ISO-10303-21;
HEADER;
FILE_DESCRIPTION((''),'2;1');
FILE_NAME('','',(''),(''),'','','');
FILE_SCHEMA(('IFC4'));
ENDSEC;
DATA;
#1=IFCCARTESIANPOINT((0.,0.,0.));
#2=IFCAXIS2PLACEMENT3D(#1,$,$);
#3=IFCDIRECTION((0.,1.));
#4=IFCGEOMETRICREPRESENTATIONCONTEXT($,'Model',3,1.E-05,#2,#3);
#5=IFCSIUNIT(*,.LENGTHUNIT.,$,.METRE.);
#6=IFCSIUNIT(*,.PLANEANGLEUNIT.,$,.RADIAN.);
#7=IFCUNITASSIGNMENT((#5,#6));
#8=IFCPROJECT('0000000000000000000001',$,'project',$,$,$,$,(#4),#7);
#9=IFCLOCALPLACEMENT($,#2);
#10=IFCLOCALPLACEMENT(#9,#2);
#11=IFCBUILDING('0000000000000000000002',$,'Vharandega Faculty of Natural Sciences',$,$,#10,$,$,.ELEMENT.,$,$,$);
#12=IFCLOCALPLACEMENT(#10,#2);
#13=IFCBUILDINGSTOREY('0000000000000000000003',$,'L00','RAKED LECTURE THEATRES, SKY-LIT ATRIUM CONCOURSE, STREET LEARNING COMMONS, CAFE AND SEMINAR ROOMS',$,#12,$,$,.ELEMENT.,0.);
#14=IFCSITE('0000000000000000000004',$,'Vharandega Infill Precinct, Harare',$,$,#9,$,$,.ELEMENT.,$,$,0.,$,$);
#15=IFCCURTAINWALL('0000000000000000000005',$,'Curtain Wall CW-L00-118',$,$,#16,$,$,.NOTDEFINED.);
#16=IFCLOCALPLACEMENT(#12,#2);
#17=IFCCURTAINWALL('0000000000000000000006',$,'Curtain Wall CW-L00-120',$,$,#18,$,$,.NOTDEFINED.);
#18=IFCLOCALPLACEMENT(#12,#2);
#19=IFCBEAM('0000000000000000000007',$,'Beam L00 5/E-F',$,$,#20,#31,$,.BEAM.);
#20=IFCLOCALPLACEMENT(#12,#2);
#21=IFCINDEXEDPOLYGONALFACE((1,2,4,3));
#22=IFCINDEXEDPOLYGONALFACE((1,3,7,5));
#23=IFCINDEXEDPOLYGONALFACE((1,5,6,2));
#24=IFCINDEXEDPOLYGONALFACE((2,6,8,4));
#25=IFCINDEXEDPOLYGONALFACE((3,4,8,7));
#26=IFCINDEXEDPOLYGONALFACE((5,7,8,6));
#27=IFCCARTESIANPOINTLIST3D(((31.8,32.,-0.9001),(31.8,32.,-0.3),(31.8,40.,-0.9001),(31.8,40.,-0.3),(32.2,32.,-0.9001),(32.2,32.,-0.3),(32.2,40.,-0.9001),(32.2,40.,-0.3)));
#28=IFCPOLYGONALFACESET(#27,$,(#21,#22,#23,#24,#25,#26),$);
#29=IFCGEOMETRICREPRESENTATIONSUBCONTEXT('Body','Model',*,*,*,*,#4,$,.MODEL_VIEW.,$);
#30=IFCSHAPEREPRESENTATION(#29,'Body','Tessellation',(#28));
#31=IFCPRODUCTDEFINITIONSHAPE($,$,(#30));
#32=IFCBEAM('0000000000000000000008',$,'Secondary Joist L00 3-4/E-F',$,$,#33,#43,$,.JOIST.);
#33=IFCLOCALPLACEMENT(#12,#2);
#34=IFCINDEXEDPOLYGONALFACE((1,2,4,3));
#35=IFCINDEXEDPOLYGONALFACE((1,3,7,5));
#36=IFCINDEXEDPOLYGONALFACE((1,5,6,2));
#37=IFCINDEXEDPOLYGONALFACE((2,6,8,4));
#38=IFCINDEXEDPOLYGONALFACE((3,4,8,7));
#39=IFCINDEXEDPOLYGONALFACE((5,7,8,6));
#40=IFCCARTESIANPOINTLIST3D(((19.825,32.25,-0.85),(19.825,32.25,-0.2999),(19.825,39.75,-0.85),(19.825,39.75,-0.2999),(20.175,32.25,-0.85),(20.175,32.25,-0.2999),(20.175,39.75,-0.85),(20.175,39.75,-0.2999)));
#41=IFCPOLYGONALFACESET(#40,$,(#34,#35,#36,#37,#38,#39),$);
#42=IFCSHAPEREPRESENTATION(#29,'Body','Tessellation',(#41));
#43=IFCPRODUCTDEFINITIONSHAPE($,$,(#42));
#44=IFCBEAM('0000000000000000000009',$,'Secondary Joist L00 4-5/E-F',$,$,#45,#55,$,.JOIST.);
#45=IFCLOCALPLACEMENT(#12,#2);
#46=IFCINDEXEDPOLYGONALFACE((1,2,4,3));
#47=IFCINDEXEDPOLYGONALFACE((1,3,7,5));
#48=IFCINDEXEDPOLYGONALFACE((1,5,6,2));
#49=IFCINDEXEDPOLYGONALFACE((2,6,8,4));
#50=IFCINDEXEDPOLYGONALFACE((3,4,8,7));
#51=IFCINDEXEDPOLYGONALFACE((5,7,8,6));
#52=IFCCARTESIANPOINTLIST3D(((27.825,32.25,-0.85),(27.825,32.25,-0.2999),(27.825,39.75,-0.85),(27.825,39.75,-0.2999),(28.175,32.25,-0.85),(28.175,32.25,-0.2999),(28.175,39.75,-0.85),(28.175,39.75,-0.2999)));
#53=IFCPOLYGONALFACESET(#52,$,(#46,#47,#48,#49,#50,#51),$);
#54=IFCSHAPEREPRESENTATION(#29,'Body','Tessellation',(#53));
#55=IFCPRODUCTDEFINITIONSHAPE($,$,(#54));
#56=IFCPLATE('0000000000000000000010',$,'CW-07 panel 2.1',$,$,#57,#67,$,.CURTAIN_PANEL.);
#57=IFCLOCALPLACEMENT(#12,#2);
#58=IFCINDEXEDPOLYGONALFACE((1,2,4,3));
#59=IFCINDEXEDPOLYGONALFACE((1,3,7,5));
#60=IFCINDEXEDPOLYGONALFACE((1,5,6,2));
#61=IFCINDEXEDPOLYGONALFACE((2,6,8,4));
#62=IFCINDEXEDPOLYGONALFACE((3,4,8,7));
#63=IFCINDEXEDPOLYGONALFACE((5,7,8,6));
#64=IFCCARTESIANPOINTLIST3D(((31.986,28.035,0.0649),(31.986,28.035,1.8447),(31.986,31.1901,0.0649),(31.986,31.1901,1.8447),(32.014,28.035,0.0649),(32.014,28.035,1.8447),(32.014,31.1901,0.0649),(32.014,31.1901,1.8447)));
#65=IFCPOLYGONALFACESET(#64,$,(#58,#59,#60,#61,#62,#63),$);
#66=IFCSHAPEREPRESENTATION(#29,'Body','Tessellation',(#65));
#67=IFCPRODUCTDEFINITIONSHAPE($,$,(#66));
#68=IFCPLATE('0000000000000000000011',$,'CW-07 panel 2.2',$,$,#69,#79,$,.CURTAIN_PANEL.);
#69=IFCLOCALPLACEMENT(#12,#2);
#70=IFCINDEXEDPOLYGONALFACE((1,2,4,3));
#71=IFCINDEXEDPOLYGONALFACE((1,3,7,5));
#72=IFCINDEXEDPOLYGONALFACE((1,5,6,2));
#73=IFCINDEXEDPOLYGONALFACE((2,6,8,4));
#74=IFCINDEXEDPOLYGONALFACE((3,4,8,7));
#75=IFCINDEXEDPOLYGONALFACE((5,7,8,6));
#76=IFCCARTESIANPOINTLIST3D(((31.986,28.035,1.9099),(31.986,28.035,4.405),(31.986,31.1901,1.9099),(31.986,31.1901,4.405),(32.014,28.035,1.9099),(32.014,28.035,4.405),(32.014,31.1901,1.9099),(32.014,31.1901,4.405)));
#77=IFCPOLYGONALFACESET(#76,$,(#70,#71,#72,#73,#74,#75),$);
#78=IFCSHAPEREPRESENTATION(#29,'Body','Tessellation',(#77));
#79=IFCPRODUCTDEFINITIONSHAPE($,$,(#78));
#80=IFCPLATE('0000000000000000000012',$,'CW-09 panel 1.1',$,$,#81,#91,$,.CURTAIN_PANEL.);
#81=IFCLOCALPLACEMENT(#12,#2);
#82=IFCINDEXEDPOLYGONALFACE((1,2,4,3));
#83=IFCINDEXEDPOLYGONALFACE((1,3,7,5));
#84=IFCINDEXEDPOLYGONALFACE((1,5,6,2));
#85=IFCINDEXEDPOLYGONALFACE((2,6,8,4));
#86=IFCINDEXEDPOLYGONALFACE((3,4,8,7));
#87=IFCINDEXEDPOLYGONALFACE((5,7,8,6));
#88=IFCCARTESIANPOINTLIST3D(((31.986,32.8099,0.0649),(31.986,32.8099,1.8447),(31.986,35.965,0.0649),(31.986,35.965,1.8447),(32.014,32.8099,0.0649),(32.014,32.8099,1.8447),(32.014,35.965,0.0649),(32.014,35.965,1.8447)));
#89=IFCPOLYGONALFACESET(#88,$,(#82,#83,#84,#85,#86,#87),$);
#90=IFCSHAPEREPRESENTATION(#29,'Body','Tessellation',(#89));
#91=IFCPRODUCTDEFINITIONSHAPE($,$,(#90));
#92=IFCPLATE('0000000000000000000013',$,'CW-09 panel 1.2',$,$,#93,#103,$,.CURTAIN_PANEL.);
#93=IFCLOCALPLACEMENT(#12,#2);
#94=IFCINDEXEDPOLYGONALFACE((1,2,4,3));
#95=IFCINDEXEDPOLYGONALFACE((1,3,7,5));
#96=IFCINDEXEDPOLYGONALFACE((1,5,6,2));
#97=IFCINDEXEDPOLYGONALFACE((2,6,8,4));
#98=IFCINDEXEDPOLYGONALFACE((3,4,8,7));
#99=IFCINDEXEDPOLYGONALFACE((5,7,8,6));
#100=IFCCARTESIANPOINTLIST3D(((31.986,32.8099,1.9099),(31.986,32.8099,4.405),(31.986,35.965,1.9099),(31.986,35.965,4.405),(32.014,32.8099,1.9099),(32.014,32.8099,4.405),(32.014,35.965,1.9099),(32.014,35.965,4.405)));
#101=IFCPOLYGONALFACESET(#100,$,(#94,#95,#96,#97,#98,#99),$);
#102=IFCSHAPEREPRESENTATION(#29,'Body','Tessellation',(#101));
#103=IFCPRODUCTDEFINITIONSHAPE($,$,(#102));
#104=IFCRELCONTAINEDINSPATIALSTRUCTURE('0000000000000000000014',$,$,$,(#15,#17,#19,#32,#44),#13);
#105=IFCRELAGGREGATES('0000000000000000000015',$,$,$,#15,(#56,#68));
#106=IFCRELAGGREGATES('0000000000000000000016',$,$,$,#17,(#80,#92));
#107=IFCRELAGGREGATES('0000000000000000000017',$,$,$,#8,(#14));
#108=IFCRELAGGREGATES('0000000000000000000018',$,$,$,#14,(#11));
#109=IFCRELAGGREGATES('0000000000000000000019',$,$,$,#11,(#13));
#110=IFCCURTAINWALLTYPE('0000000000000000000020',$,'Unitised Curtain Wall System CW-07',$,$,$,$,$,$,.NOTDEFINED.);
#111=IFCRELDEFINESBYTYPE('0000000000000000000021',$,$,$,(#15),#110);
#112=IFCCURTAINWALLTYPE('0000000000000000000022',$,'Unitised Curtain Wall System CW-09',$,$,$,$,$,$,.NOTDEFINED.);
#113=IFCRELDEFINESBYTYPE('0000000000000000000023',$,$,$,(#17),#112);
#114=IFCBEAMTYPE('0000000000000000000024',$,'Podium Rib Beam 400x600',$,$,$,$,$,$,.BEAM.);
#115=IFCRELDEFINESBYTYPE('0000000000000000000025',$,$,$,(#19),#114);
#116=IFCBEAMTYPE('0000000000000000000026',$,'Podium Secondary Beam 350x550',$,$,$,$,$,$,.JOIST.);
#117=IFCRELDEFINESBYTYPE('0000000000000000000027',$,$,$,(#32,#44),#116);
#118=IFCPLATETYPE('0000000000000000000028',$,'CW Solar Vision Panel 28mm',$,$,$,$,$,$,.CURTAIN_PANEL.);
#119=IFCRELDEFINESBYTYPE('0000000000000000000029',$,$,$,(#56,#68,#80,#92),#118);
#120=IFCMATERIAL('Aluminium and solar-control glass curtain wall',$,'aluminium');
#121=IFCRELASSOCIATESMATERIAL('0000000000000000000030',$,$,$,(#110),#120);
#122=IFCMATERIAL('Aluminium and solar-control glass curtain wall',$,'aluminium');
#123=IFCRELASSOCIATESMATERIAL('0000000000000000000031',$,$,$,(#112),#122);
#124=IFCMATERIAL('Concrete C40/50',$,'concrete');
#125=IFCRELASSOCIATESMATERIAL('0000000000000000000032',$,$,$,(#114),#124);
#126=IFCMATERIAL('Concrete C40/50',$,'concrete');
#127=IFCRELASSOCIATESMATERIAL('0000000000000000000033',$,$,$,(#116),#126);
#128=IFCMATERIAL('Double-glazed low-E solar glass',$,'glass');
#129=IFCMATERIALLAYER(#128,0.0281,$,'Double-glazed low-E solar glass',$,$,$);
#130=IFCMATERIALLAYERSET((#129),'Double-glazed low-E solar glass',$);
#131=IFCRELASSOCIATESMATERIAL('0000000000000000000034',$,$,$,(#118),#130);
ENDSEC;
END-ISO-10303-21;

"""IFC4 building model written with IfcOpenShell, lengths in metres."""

from ifc_helpers import new_model, si_unit, direction, frame, origin, origin_2d, place, context, subcontext, project, spatial, rectangle, extrude, material, layer, layer_set, material_profile, profile_set, type_object, element, aggregate, save


model = new_model("IFC4")

# Units and contexts
model_context = context("Model", 3, precision=1e-05, world=origin(), true_north=direction((0.0, 1.0)))
body_context = subcontext(model_context, "Body", "Model", "MODEL_VIEW")
ifc_project = project(units=[si_unit("LENGTHUNIT", "METRE"), si_unit("PLANEANGLEUNIT", "RADIAN")], contexts=[model_context])

# Site, building, storey
site_placement = place(None, origin())
site = spatial("IfcSite", under=ifc_project, at=site_placement, Name="Vharandega Infill Precinct, Harare", CompositionType="ELEMENT", RefElevation=0.0)
building_placement = place(site_placement, origin())
building = spatial("IfcBuilding", under=site, at=building_placement, Name="Vharandega Faculty of Natural Sciences", CompositionType="ELEMENT")
storey_placement = place(building_placement, origin())
storey = spatial("IfcBuildingStorey", under=building, at=storey_placement, Name="L00", Description="RAKED LECTURE THEATRES, SKY-LIT ATRIUM CONCOURSE, STREET LEARNING COMMONS, CAFE AND SEMINAR ROOMS", CompositionType="ELEMENT", Elevation=0.0)

# Curtain wall
ifc_material_1 = material(Name="Aluminium and solar-control glass curtain wall", Category="aluminium")
curtain_wall_type_1 = type_object("IfcCurtainWallType", Name="Unitised Curtain Wall System CW-07", PredefinedType="NOTDEFINED", material=ifc_material_1)
curtain_wall_1_placement = place(storey_placement, origin())
curtain_wall_1 = element("IfcCurtainWall", 1, at=curtain_wall_1_placement, inside=storey, type_object=curtain_wall_type_1, Name="Curtain Wall CW-L00-118", PredefinedType="NOTDEFINED")

# Curtain wall
ifc_material_2 = material(Name="Aluminium and solar-control glass curtain wall", Category="aluminium")
curtain_wall_type_2 = type_object("IfcCurtainWallType", Name="Unitised Curtain Wall System CW-09", PredefinedType="NOTDEFINED", material=ifc_material_2)
curtain_wall_2_placement = place(storey_placement, origin())
curtain_wall_2 = element("IfcCurtainWall", 2, at=curtain_wall_2_placement, inside=storey, type_object=curtain_wall_type_2, Name="Curtain Wall CW-L00-120", PredefinedType="NOTDEFINED")

# Beams
ifc_material_3 = material(Name="Concrete C40/50", Category="concrete")
ifc_material_profile_1 = material_profile(ifc_material_3, rectangle(XDim=0.3999, YDim=0.6001, at=origin_2d()), Name="RC 400x600")
ifc_profile_set_1 = profile_set([ifc_material_profile_1], Name="Concrete C40/50")
beam_type_1 = type_object("IfcBeamType", Name="Podium Rib Beam 400x600", PredefinedType="BEAM", material=ifc_profile_set_1)
for number, where, z_axis, x_axis, name in (
    (3, (32.0, 32.0, -0.6001), (0.0, 1.0, 0.0), (-1.0, 0.0, 0.0), "Beam L00 5/E-F"),
):
    element("IfcBeam", number, at=place(storey_placement, frame(where, z_axis=z_axis, x_axis=x_axis)), inside=storey, type_object=beam_type_1, Name=name, PredefinedType="BEAM", context=body_context, shape_type="SweptSolid", body=[
        extrude(rectangle(XDim=0.3999, YDim=0.6001, at=origin_2d()), origin(), (0.0, 0.0, 1.0), 8.0),
    ])
ifc_material_4 = material(Name="Concrete C40/50", Category="concrete")
ifc_material_profile_2 = material_profile(ifc_material_4, rectangle(XDim=0.3501, YDim=0.55, at=origin_2d()), Name="RC 350x550")
ifc_profile_set_2 = profile_set([ifc_material_profile_2], Name="Concrete C40/50")
beam_type_2 = type_object("IfcBeamType", Name="Podium Secondary Beam 350x550", PredefinedType="JOIST", material=ifc_profile_set_2)
for number, where, z_axis, x_axis, name in (
    (4, (20.0, 32.25, -0.575), (0.0, 1.0, 0.0), (-1.0, 0.0, 0.0), "Secondary Joist L00 3-4/E-F"),
    (5, (28.0, 32.25, -0.575), (0.0, 1.0, 0.0), (-1.0, 0.0, 0.0), "Secondary Joist L00 4-5/E-F"),
):
    element("IfcBeam", number, at=place(storey_placement, frame(where, z_axis=z_axis, x_axis=x_axis)), inside=storey, type_object=beam_type_2, Name=name, PredefinedType="JOIST", context=body_context, shape_type="SweptSolid", body=[
        extrude(rectangle(XDim=0.3501, YDim=0.55, at=origin_2d()), origin(), (0.0, 0.0, 1.0), 7.5),
    ])

# Plates
ifc_material_5 = material(Name="Double-glazed low-E solar glass", Category="glass")
ifc_layer = layer(ifc_material_5, 0.0281, Name="Double-glazed low-E solar glass")
ifc_layer_set = layer_set([ifc_layer], Name="Double-glazed low-E solar glass")
plate_type = type_object("IfcPlateType", Name="CW Solar Vision Panel 28mm", PredefinedType="CURTAIN_PANEL", material=ifc_layer_set)
plate_1_placement = place(storey_placement, frame((32.0, 29.6125, 0.0649), z_axis=(0.0, 0.0, 1.0), x_axis=(0.0, 1.0, 0.0)))
plate_1 = element("IfcPlate", 6, at=plate_1_placement, type_object=plate_type, Name="CW-07 panel 2.1", PredefinedType="CURTAIN_PANEL", context=body_context, shape_type="SweptSolid", body=[
    extrude(rectangle(XDim=3.155, YDim=0.0281, at=origin_2d()), origin(), (0.0, 0.0, 1.0), 1.7798),
])
plate_2_placement = place(storey_placement, frame((32.0, 29.6125, 1.9099), z_axis=(0.0, 0.0, 1.0), x_axis=(0.0, 1.0, 0.0)))
plate_2 = element("IfcPlate", 7, at=plate_2_placement, type_object=plate_type, Name="CW-07 panel 2.2", PredefinedType="CURTAIN_PANEL", context=body_context, shape_type="SweptSolid", body=[
    extrude(rectangle(XDim=3.155, YDim=0.0281, at=origin_2d()), origin(), (0.0, 0.0, 1.0), 2.4951),
])
aggregate(curtain_wall_1, [plate_1, plate_2])
plate_3_placement = place(storey_placement, frame((32.0, 34.3875, 0.0649), z_axis=(0.0, 0.0, 1.0), x_axis=(0.0, 1.0, 0.0)))
plate_3 = element("IfcPlate", 8, at=plate_3_placement, type_object=plate_type, Name="CW-09 panel 1.1", PredefinedType="CURTAIN_PANEL", context=body_context, shape_type="SweptSolid", body=[
    extrude(rectangle(XDim=3.155, YDim=0.0281, at=origin_2d()), origin(), (0.0, 0.0, 1.0), 1.7798),
])
plate_4_placement = place(storey_placement, frame((32.0, 34.3875, 1.9099), z_axis=(0.0, 0.0, 1.0), x_axis=(0.0, 1.0, 0.0)))
plate_4 = element("IfcPlate", 9, at=plate_4_placement, type_object=plate_type, Name="CW-09 panel 1.2", PredefinedType="CURTAIN_PANEL", context=body_context, shape_type="SweptSolid", body=[
    extrude(rectangle(XDim=3.155, YDim=0.0281, at=origin_2d()), origin(), (0.0, 0.0, 1.0), 2.4951),
])
aggregate(curtain_wall_2, [plate_3, plate_4])

save(model, "model.ifc")
